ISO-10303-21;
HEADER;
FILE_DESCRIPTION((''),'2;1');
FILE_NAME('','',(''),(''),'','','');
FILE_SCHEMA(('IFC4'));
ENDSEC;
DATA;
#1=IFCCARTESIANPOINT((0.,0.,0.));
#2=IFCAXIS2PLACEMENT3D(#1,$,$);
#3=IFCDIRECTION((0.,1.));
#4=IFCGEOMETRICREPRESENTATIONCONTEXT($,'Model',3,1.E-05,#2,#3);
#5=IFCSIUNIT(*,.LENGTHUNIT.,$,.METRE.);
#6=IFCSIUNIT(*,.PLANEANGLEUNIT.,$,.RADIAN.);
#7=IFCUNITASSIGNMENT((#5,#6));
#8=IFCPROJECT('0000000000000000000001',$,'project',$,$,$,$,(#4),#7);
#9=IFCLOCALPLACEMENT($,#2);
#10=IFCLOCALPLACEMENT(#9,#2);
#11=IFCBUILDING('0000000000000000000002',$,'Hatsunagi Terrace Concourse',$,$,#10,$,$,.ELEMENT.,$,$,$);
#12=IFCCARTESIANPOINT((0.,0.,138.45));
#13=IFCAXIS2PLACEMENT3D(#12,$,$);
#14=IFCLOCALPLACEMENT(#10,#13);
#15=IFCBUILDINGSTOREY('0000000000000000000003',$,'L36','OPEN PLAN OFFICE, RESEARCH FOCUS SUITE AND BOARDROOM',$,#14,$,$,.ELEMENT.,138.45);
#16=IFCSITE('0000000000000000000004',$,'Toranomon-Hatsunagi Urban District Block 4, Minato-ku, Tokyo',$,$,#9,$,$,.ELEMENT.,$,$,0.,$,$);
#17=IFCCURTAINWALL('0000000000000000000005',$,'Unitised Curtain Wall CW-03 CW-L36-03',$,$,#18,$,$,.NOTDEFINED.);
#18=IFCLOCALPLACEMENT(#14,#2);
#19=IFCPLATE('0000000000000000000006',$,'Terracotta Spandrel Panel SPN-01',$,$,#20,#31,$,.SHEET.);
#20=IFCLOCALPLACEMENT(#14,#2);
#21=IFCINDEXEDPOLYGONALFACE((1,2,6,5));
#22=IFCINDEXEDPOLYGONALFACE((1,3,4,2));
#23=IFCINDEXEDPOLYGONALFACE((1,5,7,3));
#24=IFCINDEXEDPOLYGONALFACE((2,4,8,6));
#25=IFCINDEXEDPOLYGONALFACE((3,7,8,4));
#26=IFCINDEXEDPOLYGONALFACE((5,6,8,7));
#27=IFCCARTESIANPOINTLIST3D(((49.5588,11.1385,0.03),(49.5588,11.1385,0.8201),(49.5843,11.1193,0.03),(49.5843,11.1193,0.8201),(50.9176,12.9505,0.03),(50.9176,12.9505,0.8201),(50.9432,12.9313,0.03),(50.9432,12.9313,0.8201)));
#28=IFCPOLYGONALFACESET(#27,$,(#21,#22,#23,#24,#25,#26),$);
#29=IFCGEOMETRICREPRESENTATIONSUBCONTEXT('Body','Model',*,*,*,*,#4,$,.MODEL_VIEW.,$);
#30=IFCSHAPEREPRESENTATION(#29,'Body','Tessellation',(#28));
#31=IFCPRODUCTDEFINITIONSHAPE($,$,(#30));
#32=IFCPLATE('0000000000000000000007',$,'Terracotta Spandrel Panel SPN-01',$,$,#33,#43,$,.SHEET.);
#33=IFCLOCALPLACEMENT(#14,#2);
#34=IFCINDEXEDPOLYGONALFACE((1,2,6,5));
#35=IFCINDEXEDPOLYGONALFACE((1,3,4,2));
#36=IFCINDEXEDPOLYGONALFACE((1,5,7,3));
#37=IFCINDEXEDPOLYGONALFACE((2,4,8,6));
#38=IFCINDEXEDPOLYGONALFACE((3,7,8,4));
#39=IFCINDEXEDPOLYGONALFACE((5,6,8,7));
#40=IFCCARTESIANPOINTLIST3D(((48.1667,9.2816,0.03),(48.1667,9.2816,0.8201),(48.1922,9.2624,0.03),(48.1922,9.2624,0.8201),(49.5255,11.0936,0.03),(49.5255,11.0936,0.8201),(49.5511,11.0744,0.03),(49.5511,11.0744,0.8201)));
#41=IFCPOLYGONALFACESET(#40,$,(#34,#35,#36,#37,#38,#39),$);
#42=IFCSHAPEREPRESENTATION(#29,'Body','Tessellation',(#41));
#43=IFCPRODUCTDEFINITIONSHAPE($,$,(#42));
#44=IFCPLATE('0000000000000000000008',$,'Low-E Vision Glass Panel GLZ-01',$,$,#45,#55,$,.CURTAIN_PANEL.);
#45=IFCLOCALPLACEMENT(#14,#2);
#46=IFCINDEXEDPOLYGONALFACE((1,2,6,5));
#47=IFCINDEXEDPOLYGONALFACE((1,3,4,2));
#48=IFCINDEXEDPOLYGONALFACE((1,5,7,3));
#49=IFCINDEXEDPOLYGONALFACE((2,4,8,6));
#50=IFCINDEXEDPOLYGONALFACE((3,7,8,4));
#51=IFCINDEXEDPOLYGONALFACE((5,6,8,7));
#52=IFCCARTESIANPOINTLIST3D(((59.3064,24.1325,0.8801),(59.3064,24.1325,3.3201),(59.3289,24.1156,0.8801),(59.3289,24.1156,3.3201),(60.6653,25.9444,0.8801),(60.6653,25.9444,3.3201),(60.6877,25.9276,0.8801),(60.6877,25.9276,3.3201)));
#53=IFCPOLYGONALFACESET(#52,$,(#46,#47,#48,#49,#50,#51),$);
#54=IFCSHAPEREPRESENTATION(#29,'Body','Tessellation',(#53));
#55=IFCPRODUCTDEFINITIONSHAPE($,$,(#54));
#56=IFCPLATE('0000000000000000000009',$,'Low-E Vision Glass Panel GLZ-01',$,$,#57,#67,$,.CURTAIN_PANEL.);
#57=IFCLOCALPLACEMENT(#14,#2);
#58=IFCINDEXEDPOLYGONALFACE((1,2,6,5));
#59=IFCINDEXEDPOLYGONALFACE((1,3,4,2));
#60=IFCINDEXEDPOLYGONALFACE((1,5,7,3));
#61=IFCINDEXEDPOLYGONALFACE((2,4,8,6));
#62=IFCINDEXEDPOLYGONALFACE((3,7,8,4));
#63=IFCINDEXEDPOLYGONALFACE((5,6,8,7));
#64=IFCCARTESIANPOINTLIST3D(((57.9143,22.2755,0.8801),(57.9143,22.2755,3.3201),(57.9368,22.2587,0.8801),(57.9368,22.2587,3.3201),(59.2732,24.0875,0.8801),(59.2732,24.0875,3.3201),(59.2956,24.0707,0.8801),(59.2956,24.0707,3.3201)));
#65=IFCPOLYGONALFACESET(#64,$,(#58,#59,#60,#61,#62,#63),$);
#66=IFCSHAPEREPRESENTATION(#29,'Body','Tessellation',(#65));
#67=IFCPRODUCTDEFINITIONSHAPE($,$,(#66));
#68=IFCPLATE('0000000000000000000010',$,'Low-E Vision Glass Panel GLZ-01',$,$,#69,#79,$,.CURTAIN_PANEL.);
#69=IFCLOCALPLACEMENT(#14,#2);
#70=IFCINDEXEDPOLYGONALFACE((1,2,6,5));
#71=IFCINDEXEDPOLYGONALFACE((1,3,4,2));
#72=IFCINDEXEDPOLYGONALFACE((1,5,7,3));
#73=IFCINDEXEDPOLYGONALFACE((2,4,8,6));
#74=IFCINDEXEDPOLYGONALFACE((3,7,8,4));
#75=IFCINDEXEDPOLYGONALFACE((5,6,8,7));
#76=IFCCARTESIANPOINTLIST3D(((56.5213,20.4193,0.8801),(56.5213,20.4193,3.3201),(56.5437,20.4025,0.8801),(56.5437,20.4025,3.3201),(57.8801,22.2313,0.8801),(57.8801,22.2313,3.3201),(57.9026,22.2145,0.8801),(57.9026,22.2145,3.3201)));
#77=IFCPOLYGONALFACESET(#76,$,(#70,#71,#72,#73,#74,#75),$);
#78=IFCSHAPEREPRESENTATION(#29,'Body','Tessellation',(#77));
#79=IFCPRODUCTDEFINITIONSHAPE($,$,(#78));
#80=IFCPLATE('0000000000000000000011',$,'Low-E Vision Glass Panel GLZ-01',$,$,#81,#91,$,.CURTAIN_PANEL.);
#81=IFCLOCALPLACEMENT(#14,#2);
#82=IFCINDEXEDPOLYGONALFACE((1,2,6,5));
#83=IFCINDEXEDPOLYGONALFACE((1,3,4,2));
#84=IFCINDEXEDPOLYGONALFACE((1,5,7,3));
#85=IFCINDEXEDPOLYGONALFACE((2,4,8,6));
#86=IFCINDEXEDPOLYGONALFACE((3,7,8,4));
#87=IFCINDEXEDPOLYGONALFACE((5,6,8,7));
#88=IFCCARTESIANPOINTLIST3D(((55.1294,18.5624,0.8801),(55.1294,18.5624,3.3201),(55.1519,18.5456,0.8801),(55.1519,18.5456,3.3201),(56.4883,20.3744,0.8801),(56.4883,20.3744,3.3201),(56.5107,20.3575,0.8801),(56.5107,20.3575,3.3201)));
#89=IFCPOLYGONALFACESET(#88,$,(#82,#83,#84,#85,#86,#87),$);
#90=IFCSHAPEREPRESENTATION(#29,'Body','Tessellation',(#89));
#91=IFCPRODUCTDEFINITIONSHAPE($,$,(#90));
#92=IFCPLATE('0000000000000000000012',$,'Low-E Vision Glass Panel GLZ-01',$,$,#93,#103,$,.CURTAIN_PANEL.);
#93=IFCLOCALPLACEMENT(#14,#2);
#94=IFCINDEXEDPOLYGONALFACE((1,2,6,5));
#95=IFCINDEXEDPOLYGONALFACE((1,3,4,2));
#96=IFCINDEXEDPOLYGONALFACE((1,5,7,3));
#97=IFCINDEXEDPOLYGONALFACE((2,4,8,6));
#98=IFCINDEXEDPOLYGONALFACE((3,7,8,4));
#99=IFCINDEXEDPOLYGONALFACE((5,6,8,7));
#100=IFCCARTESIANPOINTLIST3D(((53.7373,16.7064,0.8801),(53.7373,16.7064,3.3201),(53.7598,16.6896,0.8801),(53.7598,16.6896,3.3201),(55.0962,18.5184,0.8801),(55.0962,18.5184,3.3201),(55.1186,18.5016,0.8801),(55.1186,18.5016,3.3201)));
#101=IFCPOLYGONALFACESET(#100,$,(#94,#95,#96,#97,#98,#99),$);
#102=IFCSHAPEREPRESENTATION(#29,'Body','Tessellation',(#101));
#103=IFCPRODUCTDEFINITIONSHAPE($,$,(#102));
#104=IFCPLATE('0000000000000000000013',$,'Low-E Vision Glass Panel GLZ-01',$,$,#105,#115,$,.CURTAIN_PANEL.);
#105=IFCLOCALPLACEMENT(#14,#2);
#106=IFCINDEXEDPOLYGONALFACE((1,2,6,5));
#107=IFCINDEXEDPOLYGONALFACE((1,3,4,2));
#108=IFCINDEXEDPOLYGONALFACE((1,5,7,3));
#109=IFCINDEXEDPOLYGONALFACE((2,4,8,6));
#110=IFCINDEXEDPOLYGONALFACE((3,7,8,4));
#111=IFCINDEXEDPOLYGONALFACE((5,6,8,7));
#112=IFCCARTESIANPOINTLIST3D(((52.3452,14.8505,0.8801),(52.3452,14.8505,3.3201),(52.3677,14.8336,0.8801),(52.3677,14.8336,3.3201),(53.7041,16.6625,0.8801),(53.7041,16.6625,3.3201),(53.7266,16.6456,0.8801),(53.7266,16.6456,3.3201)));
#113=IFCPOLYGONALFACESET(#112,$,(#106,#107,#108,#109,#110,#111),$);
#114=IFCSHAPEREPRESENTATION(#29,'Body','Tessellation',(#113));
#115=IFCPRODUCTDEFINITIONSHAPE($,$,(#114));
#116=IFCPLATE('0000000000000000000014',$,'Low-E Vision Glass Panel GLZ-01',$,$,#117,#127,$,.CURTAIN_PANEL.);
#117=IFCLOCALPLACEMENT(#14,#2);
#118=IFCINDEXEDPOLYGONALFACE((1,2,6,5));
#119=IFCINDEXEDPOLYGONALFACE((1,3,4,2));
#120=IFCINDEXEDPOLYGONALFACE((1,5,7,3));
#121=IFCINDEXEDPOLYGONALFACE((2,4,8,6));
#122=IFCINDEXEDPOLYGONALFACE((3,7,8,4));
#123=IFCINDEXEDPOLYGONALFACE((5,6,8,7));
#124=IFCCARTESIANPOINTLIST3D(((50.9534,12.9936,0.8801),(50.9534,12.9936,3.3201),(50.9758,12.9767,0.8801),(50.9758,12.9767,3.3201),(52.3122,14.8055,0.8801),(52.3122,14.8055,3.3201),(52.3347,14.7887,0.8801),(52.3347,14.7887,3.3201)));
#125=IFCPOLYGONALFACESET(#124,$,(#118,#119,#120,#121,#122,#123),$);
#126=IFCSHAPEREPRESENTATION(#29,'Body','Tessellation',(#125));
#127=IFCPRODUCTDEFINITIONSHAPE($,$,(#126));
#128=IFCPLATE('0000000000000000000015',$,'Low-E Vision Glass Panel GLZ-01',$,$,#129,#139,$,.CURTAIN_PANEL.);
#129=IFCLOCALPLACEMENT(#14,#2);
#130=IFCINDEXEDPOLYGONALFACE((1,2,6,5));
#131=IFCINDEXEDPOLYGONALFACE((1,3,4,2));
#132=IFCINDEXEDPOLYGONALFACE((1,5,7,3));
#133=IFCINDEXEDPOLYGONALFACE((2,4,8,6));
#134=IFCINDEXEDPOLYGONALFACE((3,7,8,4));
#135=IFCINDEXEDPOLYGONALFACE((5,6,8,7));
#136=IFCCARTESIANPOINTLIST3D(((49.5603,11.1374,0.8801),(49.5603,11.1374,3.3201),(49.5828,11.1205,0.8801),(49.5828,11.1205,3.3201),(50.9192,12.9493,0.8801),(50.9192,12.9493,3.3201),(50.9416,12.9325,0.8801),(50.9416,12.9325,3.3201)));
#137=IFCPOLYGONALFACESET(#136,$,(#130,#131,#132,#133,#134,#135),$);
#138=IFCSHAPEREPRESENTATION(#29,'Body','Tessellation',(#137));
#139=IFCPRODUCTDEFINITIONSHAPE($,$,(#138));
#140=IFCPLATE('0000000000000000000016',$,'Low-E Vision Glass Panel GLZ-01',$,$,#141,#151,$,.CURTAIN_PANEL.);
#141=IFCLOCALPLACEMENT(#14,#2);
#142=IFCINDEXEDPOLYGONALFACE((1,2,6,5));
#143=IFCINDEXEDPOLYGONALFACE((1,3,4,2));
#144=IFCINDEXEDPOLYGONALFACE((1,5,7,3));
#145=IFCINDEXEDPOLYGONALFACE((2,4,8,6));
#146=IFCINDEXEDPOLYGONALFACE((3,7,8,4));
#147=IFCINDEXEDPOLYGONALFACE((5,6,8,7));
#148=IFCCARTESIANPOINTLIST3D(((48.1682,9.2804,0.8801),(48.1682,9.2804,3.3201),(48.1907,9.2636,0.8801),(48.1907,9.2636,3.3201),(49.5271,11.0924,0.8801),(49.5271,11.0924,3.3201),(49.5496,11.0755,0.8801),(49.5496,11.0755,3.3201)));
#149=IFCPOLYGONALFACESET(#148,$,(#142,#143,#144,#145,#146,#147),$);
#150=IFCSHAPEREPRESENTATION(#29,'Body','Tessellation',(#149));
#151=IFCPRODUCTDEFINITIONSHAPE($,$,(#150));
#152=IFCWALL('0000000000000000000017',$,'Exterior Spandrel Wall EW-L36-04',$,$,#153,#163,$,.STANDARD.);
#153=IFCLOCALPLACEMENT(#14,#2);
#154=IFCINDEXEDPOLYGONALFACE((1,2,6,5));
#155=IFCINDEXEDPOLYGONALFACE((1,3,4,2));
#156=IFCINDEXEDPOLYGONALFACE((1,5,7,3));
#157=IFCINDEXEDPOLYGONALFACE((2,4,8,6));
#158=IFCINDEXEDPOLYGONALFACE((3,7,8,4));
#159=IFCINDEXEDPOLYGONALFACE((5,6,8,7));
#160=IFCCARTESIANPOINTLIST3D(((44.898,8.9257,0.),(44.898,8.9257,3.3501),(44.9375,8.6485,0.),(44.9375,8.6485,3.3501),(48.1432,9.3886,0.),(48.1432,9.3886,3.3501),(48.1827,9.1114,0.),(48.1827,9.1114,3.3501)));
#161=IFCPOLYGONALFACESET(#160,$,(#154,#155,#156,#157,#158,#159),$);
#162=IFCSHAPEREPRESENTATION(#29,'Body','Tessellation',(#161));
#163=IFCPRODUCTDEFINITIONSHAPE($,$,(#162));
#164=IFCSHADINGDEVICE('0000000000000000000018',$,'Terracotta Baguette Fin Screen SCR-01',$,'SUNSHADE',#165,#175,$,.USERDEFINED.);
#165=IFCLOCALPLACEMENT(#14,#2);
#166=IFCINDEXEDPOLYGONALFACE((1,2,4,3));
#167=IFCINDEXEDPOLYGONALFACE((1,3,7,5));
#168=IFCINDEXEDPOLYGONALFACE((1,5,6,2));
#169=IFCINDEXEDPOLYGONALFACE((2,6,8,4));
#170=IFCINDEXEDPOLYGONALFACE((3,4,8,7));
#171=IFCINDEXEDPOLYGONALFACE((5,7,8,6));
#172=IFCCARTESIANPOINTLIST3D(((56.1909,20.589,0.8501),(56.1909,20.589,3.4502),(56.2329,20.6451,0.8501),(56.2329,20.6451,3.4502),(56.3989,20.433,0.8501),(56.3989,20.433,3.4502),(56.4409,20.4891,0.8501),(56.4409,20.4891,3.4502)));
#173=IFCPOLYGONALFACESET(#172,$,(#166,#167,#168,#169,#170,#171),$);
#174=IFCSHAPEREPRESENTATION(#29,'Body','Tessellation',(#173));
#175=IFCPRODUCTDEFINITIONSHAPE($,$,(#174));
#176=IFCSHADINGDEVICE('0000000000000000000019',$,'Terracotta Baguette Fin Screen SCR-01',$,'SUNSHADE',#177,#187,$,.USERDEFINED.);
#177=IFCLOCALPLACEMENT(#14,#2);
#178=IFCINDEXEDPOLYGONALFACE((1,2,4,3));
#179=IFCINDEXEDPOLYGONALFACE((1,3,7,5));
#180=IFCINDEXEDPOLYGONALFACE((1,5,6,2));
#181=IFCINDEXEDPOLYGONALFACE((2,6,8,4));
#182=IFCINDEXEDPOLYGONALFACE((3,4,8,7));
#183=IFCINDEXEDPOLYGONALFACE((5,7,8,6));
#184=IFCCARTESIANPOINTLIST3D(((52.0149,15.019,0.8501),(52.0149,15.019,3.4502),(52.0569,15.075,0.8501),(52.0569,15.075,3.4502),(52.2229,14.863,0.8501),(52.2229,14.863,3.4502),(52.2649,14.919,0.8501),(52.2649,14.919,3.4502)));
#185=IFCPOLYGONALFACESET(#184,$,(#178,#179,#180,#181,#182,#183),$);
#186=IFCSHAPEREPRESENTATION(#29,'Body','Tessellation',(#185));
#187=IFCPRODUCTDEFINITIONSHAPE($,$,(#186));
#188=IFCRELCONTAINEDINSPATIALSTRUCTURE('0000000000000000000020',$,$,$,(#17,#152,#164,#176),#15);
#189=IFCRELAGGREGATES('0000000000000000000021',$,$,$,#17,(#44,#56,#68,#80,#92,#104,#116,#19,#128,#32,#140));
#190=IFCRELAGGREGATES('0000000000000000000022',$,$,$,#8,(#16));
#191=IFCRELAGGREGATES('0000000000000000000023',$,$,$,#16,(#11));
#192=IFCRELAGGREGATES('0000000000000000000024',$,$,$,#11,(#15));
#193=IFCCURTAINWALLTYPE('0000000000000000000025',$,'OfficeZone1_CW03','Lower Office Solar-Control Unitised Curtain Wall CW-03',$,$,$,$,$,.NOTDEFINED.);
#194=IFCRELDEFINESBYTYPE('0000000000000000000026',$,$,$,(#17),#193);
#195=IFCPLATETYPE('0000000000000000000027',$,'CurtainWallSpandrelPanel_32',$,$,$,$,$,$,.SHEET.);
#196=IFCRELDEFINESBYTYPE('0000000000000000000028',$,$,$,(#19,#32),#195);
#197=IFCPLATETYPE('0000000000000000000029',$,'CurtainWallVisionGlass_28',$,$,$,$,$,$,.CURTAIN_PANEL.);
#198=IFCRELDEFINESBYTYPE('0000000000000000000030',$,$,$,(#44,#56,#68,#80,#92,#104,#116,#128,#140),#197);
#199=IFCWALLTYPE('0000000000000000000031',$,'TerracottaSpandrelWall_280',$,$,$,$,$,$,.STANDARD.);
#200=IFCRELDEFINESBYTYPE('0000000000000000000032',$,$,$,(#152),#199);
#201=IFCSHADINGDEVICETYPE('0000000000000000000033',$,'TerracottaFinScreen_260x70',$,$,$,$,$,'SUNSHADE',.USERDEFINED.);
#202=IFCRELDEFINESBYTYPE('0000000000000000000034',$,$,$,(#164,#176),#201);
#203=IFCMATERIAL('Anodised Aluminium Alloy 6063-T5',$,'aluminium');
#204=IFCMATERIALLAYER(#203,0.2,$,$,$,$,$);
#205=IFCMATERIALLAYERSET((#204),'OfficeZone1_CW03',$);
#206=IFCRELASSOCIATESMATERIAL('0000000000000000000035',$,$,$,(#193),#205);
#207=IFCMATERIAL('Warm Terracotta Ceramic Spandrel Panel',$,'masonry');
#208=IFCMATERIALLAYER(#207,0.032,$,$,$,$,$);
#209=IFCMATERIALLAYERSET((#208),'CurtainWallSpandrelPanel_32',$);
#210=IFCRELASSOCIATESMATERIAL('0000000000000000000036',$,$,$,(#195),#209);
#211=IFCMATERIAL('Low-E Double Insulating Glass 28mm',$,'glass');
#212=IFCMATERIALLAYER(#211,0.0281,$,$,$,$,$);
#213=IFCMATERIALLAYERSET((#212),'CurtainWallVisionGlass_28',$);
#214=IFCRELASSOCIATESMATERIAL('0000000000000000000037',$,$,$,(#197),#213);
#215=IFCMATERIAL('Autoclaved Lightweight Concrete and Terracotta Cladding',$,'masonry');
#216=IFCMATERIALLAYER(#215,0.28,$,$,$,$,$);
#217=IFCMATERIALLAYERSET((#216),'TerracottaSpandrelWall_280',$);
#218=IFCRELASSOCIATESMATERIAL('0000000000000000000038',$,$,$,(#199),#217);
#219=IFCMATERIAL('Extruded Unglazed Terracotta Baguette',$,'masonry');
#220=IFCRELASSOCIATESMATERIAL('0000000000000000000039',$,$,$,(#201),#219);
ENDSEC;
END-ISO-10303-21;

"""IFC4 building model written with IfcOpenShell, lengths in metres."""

from ifc_helpers import new_model, si_unit, direction, frame, frame_2d, origin, origin_2d, place, context, subcontext, project, spatial, rectangle, extrude, material, layer, layer_set, type_object, element, aggregate, save


model = new_model("IFC4")

# Units and contexts
model_context = context("Model", 3, precision=1e-05, world=origin(), true_north=direction((0.0, 1.0)))
body_context = subcontext(model_context, "Body", "Model", "MODEL_VIEW")
ifc_project = project(units=[si_unit("LENGTHUNIT", "METRE"), si_unit("PLANEANGLEUNIT", "RADIAN")], contexts=[model_context])

# Site, building, storey
site_placement = place(None, origin())
site = spatial("IfcSite", under=ifc_project, at=site_placement, Name="Toranomon-Hatsunagi Urban District Block 4, Minato-ku, Tokyo", CompositionType="ELEMENT", RefElevation=0.0)
building_placement = place(site_placement, origin())
building = spatial("IfcBuilding", under=site, at=building_placement, Name="Hatsunagi Terrace Concourse", CompositionType="ELEMENT")
storey_placement = place(building_placement, frame((0.0, 0.0, 138.45)))
storey = spatial("IfcBuildingStorey", under=building, at=storey_placement, Name="L36", Description="OPEN PLAN OFFICE, RESEARCH FOCUS SUITE AND BOARDROOM", CompositionType="ELEMENT", Elevation=138.45)

# Curtain wall
ifc_material_1 = material(Name="Anodised Aluminium Alloy 6063-T5", Category="aluminium")
ifc_layer_1 = layer(ifc_material_1, 0.2)
ifc_layer_set_1 = layer_set([ifc_layer_1], Name="OfficeZone1_CW03")
curtain_wall_type = type_object("IfcCurtainWallType", Name="OfficeZone1_CW03", Description="Lower Office Solar-Control Unitised Curtain Wall CW-03", PredefinedType="NOTDEFINED", material=ifc_layer_set_1)
curtain_wall_placement = place(storey_placement, origin())
curtain_wall = element("IfcCurtainWall", 1, at=curtain_wall_placement, inside=storey, type_object=curtain_wall_type, Name="Unitised Curtain Wall CW-03 CW-L36-03", PredefinedType="NOTDEFINED")

# Plates
ifc_material_2 = material(Name="Warm Terracotta Ceramic Spandrel Panel", Category="masonry")
ifc_layer_2 = layer(ifc_material_2, 0.032)
ifc_layer_set_2 = layer_set([ifc_layer_2], Name="CurtainWallSpandrelPanel_32")
plate_type_1 = type_object("IfcPlateType", Name="CurtainWallSpandrelPanel_32", PredefinedType="SHEET", material=ifc_layer_set_2)
plate_1_placement = place(storey_placement, frame((50.251, 12.0349, 0.03), z_axis=(0.0, 0.0, 1.0), x_axis=(-0.599969, -0.800023, 0.0)))
plate_1 = element("IfcPlate", 2, at=plate_1_placement, type_object=plate_type_1, Name="Terracotta Spandrel Panel SPN-01", PredefinedType="SHEET", context=body_context, shape_type="SweptSolid", body=[
    extrude(rectangle(XDim=2.2649, YDim=0.032, at=origin_2d()), origin(), (0.0, 0.0, 1.0), 0.79),
])
plate_2_placement = place(storey_placement, frame((48.8589, 10.178, 0.03), z_axis=(0.0, 0.0, 1.0), x_axis=(-0.599969, -0.800023, 0.0)))
plate_2 = element("IfcPlate", 3, at=plate_2_placement, type_object=plate_type_1, Name="Terracotta Spandrel Panel SPN-01", PredefinedType="SHEET", context=body_context, shape_type="SweptSolid", body=[
    extrude(rectangle(XDim=2.2649, YDim=0.032, at=origin_2d()), origin(), (0.0, 0.0, 1.0), 0.79),
])
ifc_material_3 = material(Name="Low-E Double Insulating Glass 28mm", Category="glass")
ifc_layer_3 = layer(ifc_material_3, 0.0281)
ifc_layer_set_3 = layer_set([ifc_layer_3], Name="CurtainWallVisionGlass_28")
plate_type_2 = type_object("IfcPlateType", Name="CurtainWallVisionGlass_28", PredefinedType="CURTAIN_PANEL", material=ifc_layer_set_3)
plate_3_placement = place(storey_placement, frame((59.9971, 25.03, 0.8801), z_axis=(0.0, 0.0, 1.0), x_axis=(-0.599969, -0.800023, 0.0)))
plate_3 = element("IfcPlate", 4, at=plate_3_placement, type_object=plate_type_2, Name="Low-E Vision Glass Panel GLZ-01", PredefinedType="CURTAIN_PANEL", context=body_context, shape_type="SweptSolid", body=[
    extrude(rectangle(XDim=2.2649, YDim=0.0281, at=origin_2d()), origin(), (0.0, 0.0, 1.0), 2.4399),
])
plate_4_placement = place(storey_placement, frame((58.605, 23.1731, 0.8801), z_axis=(0.0, 0.0, 1.0), x_axis=(-0.599969, -0.800023, 0.0)))
plate_4 = element("IfcPlate", 5, at=plate_4_placement, type_object=plate_type_2, Name="Low-E Vision Glass Panel GLZ-01", PredefinedType="CURTAIN_PANEL", context=body_context, shape_type="SweptSolid", body=[
    extrude(rectangle(XDim=2.2649, YDim=0.0281, at=origin_2d()), origin(), (0.0, 0.0, 1.0), 2.4399),
])
plate_5_placement = place(storey_placement, frame((57.2119, 21.3169, 0.8801), z_axis=(0.0, 0.0, 1.0), x_axis=(-0.599969, -0.800023, 0.0)))
plate_5 = element("IfcPlate", 6, at=plate_5_placement, type_object=plate_type_2, Name="Low-E Vision Glass Panel GLZ-01", PredefinedType="CURTAIN_PANEL", context=body_context, shape_type="SweptSolid", body=[
    extrude(rectangle(XDim=2.2649, YDim=0.0281, at=origin_2d()), origin(), (0.0, 0.0, 1.0), 2.4399),
])
plate_6_placement = place(storey_placement, frame((55.8201, 19.46, 0.8801), z_axis=(0.0, 0.0, 1.0), x_axis=(-0.599969, -0.800023, 0.0)))
plate_6 = element("IfcPlate", 7, at=plate_6_placement, type_object=plate_type_2, Name="Low-E Vision Glass Panel GLZ-01", PredefinedType="CURTAIN_PANEL", context=body_context, shape_type="SweptSolid", body=[
    extrude(rectangle(XDim=2.2649, YDim=0.0281, at=origin_2d()), origin(), (0.0, 0.0, 1.0), 2.4399),
])
plate_7_placement = place(storey_placement, frame((54.428, 17.604, 0.8801), z_axis=(0.0, 0.0, 1.0), x_axis=(-0.599969, -0.800023, 0.0)))
plate_7 = element("IfcPlate", 8, at=plate_7_placement, type_object=plate_type_2, Name="Low-E Vision Glass Panel GLZ-01", PredefinedType="CURTAIN_PANEL", context=body_context, shape_type="SweptSolid", body=[
    extrude(rectangle(XDim=2.2649, YDim=0.0281, at=origin_2d()), origin(), (0.0, 0.0, 1.0), 2.4399),
])
plate_8_placement = place(storey_placement, frame((53.0359, 15.748, 0.8801), z_axis=(0.0, 0.0, 1.0), x_axis=(-0.599969, -0.800023, 0.0)))
plate_8 = element("IfcPlate", 9, at=plate_8_placement, type_object=plate_type_2, Name="Low-E Vision Glass Panel GLZ-01", PredefinedType="CURTAIN_PANEL", context=body_context, shape_type="SweptSolid", body=[
    extrude(rectangle(XDim=2.2649, YDim=0.0281, at=origin_2d()), origin(), (0.0, 0.0, 1.0), 2.4399),
])
plate_9_placement = place(storey_placement, frame((51.644, 13.8911, 0.8801), z_axis=(0.0, 0.0, 1.0), x_axis=(-0.599969, -0.800023, 0.0)))
plate_9 = element("IfcPlate", 10, at=plate_9_placement, type_object=plate_type_2, Name="Low-E Vision Glass Panel GLZ-01", PredefinedType="CURTAIN_PANEL", context=body_context, shape_type="SweptSolid", body=[
    extrude(rectangle(XDim=2.2649, YDim=0.0281, at=origin_2d()), origin(), (0.0, 0.0, 1.0), 2.4399),
])
plate_10_placement = place(storey_placement, frame((50.251, 12.0349, 0.8801), z_axis=(0.0, 0.0, 1.0), x_axis=(-0.599969, -0.800023, 0.0)))
plate_10 = element("IfcPlate", 11, at=plate_10_placement, type_object=plate_type_2, Name="Low-E Vision Glass Panel GLZ-01", PredefinedType="CURTAIN_PANEL", context=body_context, shape_type="SweptSolid", body=[
    extrude(rectangle(XDim=2.2649, YDim=0.0281, at=origin_2d()), origin(), (0.0, 0.0, 1.0), 2.4399),
])
plate_11_placement = place(storey_placement, frame((48.8589, 10.178, 0.8801), z_axis=(0.0, 0.0, 1.0), x_axis=(-0.599969, -0.800023, 0.0)))
plate_11 = element("IfcPlate", 12, at=plate_11_placement, type_object=plate_type_2, Name="Low-E Vision Glass Panel GLZ-01", PredefinedType="CURTAIN_PANEL", context=body_context, shape_type="SweptSolid", body=[
    extrude(rectangle(XDim=2.2649, YDim=0.0281, at=origin_2d()), origin(), (0.0, 0.0, 1.0), 2.4399),
])
aggregate(curtain_wall, [plate_3, plate_4, plate_5, plate_6, plate_7, plate_8, plate_9, plate_1, plate_10, plate_2, plate_11])

# Wall
ifc_material_4 = material(Name="Autoclaved Lightweight Concrete and Terracotta Cladding", Category="masonry")
ifc_layer_4 = layer(ifc_material_4, 0.28)
ifc_layer_set_4 = layer_set([ifc_layer_4], Name="TerracottaSpandrelWall_280")
wall_type = type_object("IfcWallType", Name="TerracottaSpandrelWall_280", PredefinedType="STANDARD", material=ifc_layer_set_4)
wall_placement = place(storey_placement, frame((48.1631, 9.25, 0.0), z_axis=(0.0, 0.0, 1.0), x_axis=(-0.989979, -0.141213, 0.0)))
element("IfcWall", 13, at=wall_placement, inside=storey, type_object=wall_type, Name="Exterior Spandrel Wall EW-L36-04", PredefinedType="STANDARD", context=body_context, shape_type="SweptSolid", body=[
    extrude(rectangle(XDim=3.2781, YDim=0.28, at=frame_2d((1.6392, 0.0))), origin(), (0.0, 0.0, 1.0), 3.3501),
])

# Shading devices
ifc_material_5 = material(Name="Extruded Unglazed Terracotta Baguette", Category="masonry")
shading_device_type = type_object("IfcShadingDeviceType", Name="TerracottaFinScreen_260x70", ElementType="SUNSHADE", PredefinedType="USERDEFINED", material=ifc_material_5)
for number, where, z_axis, x_axis, name in (
    (14, (56.3159, 20.5391, 0.8501), (0.0, 0.0, 1.0), (-0.599969, -0.800023, 0.0), "Terracotta Baguette Fin Screen SCR-01"),
    (15, (52.1399, 14.969, 0.8501), (0.0, 0.0, 1.0), (-0.599969, -0.800023, 0.0), "Terracotta Baguette Fin Screen SCR-01"),
):
    element("IfcShadingDevice", number, at=place(storey_placement, frame(where, z_axis=z_axis, x_axis=x_axis)), inside=storey, type_object=shading_device_type, Name=name, ObjectType="SUNSHADE", PredefinedType="USERDEFINED", context=body_context, shape_type="SweptSolid", body=[
        extrude(rectangle(XDim=0.0701, YDim=0.26, at=origin_2d()), origin(), (0.0, 0.0, 1.0), 2.6001),
    ])

save(model, "model.ifc")
